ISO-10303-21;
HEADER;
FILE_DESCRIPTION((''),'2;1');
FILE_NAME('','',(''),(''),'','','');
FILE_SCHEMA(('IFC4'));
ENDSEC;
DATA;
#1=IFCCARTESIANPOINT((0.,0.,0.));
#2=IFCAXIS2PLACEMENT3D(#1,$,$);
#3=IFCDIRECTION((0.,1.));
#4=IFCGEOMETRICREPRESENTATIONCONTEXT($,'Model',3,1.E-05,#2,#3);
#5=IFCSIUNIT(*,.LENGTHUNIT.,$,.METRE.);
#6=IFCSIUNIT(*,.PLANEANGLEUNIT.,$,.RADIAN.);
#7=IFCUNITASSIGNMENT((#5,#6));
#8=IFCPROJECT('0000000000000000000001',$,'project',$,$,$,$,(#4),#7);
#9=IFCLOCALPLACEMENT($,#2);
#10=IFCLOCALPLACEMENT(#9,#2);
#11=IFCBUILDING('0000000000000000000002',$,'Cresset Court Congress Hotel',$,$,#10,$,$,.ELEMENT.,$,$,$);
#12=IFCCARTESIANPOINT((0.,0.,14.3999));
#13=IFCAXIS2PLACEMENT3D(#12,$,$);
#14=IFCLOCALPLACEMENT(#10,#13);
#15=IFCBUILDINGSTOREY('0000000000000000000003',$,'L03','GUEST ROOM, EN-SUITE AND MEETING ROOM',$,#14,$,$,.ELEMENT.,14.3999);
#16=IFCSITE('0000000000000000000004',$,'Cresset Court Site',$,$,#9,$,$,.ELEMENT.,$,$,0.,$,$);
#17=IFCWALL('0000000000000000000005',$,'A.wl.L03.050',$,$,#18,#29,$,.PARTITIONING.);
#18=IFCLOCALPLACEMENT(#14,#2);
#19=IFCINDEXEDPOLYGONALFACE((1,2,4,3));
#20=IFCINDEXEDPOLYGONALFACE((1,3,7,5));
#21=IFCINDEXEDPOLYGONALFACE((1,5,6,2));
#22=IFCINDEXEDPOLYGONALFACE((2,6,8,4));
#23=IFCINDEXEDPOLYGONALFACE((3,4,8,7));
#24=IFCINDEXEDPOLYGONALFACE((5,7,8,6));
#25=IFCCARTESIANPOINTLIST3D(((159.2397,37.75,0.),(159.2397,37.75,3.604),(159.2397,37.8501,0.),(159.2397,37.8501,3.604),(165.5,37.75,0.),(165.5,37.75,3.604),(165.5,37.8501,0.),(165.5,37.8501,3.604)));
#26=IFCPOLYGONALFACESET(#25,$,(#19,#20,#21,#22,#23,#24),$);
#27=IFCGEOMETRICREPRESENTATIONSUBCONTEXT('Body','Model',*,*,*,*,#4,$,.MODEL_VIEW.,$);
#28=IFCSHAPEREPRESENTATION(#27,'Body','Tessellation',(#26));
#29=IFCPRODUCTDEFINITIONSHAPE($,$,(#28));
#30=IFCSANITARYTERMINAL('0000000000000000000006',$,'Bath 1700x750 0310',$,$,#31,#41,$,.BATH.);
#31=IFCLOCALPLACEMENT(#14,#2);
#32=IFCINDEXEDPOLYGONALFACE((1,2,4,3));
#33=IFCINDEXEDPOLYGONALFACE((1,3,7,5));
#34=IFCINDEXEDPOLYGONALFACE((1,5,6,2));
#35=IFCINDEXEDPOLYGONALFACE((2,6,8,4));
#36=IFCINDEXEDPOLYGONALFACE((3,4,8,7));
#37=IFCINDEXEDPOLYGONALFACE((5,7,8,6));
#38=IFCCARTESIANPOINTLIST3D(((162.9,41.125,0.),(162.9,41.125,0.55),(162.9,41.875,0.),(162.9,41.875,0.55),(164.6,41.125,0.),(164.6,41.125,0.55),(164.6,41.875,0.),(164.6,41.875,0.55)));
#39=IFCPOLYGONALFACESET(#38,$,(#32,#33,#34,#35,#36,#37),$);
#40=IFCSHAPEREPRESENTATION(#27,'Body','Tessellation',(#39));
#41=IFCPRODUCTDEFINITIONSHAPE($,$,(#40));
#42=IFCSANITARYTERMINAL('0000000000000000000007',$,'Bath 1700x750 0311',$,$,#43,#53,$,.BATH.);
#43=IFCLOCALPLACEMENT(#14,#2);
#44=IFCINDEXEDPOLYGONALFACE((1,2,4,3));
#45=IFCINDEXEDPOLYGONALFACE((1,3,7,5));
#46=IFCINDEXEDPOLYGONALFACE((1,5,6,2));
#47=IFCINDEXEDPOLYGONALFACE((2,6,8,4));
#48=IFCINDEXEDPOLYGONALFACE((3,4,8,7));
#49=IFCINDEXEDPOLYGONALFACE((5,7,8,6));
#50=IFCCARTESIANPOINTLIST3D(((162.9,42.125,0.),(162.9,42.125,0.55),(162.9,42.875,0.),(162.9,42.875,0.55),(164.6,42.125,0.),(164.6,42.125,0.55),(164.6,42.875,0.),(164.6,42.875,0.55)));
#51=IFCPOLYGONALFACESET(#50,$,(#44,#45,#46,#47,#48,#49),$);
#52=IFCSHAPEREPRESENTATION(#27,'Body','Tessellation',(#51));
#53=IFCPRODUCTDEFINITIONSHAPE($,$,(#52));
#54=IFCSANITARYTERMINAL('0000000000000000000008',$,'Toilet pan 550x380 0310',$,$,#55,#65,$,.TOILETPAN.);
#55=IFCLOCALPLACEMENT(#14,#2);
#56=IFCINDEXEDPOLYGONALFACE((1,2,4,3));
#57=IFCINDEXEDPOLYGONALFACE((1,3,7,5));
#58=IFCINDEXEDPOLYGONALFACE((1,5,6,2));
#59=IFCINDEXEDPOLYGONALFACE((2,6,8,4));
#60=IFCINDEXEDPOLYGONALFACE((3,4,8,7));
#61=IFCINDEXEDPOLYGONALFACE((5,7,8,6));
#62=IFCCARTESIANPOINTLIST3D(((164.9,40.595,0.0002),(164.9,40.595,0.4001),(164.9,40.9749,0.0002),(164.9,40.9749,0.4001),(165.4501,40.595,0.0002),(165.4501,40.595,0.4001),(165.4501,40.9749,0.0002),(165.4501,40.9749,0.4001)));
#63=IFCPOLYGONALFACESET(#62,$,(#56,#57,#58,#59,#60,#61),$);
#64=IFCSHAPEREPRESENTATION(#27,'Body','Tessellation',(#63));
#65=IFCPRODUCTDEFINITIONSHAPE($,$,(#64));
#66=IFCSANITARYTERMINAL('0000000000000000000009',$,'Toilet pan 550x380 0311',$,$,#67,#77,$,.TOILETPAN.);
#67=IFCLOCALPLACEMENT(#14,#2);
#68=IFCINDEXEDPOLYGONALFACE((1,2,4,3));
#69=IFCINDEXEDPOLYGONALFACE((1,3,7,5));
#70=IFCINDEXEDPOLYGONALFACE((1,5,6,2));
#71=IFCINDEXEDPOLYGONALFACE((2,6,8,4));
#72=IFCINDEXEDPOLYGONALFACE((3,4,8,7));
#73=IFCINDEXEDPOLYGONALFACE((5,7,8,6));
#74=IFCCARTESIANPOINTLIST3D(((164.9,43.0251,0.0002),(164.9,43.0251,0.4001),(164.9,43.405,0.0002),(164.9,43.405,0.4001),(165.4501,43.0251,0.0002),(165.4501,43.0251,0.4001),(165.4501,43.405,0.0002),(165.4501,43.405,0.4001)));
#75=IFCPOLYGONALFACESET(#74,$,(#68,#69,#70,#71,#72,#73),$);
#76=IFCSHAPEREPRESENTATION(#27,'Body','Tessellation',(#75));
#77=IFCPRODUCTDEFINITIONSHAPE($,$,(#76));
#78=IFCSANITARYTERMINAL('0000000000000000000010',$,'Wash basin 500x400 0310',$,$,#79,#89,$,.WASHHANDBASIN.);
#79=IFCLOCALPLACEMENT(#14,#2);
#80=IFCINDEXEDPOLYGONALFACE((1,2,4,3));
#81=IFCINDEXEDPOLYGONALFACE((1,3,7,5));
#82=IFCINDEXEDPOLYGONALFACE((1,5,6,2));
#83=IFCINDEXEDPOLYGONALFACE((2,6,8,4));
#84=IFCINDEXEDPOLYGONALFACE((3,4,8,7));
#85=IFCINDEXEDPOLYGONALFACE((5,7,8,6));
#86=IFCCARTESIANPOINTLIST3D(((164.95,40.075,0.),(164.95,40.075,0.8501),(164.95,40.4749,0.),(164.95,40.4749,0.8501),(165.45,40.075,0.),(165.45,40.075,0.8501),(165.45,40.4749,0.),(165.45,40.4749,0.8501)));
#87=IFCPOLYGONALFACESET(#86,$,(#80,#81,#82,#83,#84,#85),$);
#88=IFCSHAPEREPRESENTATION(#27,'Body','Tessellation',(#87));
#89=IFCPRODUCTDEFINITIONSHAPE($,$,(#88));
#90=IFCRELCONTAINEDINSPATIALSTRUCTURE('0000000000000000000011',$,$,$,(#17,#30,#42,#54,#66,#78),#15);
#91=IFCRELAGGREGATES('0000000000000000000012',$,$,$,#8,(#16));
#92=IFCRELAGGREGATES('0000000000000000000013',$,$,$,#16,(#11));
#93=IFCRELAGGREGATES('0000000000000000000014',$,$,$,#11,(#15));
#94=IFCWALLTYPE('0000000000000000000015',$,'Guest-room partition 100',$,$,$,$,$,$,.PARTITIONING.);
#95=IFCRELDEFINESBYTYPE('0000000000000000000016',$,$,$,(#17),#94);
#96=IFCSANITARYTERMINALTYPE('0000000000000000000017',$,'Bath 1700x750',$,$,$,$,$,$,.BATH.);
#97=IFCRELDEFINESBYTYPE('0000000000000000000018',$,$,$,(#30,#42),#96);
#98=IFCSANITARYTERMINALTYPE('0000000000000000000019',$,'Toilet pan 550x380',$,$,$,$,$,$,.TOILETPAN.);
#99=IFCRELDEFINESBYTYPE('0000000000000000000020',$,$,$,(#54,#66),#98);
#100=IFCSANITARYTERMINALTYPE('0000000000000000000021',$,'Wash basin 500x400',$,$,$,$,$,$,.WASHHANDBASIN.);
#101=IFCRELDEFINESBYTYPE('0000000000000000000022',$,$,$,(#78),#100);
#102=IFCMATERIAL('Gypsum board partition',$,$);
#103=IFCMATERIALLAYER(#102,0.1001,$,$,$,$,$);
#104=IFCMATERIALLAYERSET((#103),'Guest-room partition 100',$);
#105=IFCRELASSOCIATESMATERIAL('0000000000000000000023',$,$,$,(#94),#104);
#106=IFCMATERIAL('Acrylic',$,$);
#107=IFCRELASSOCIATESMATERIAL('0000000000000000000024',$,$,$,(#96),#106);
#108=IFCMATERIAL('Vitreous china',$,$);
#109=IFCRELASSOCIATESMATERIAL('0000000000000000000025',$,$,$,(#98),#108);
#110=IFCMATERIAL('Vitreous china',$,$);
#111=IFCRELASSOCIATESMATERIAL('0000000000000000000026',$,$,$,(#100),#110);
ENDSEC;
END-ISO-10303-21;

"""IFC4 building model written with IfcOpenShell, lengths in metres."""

from ifc_helpers import new_model, si_unit, direction, frame, frame_2d, origin, origin_2d, place, context, subcontext, project, spatial, rectangle, extrude, material, layer, layer_set, type_object, element, save


model = new_model("IFC4")

# Units and contexts
model_context = context("Model", 3, precision=1e-05, world=origin(), true_north=direction((0.0, 1.0)))
body_context = subcontext(model_context, "Body", "Model", "MODEL_VIEW")
ifc_project = project(units=[si_unit("LENGTHUNIT", "METRE"), si_unit("PLANEANGLEUNIT", "RADIAN")], contexts=[model_context])

# Site, building, storey
site_placement = place(None, origin())
site = spatial("IfcSite", under=ifc_project, at=site_placement, Name="Cresset Court Site", CompositionType="ELEMENT", RefElevation=0.0)
building_placement = place(site_placement, origin())
building = spatial("IfcBuilding", under=site, at=building_placement, Name="Cresset Court Congress Hotel", CompositionType="ELEMENT")
storey_placement = place(building_placement, frame((0.0, 0.0, 14.3999)))
storey = spatial("IfcBuildingStorey", under=building, at=storey_placement, Name="L03", Description="GUEST ROOM, EN-SUITE AND MEETING ROOM", CompositionType="ELEMENT", Elevation=14.3999)

# Wall
ifc_material_1 = material(Name="Gypsum board partition")
ifc_layer_1 = layer(ifc_material_1, 0.1001)
ifc_layer_set_1 = layer_set([ifc_layer_1], Name="Guest-room partition 100")
wall_type_1 = type_object("IfcWallType", Name="Guest-room partition 100", PredefinedType="PARTITIONING", material=ifc_layer_set_1)
wall_1_placement = place(storey_placement, frame((159.2397, 37.8, 0.0), z_axis=(0.0, 0.0, 1.0), x_axis=(1.0, 0.0, 0.0)))
element("IfcWall", 1, at=wall_1_placement, inside=storey, type_object=wall_type_1, Name="A.wl.L03.050", PredefinedType="PARTITIONING", context=body_context, shape_type="SweptSolid", body=[
    extrude(rectangle(XDim=6.2603, YDim=0.1001, at=frame_2d((3.1301, 0.0))), origin(), (0.0, 0.0, 1.0), 3.604),
])

# Sanitary terminals
ifc_material_2 = material(Name="Acrylic")
sanitary_terminal_type_1 = type_object("IfcSanitaryTerminalType", Name="Bath 1700x750", PredefinedType="BATH", material=ifc_material_2)
for number, where, z_axis, x_axis, name in (
    (2, (163.75, 41.5, 0.0), (0.0, 0.0, 1.0), (1.0, 0.0, 0.0), "Bath 1700x750 0310"),
    (3, (163.75, 42.5, 0.0), (0.0, 0.0, 1.0), (1.0, 0.0, 0.0), "Bath 1700x750 0311"),
):
    element("IfcSanitaryTerminal", number, at=place(storey_placement, frame(where, z_axis=z_axis, x_axis=x_axis)), inside=storey, type_object=sanitary_terminal_type_1, Name=name, PredefinedType="BATH", context=body_context, shape_type="SweptSolid", body=[
        extrude(rectangle(XDim=1.7, YDim=0.75, at=origin_2d()), origin(), (0.0, 0.0, 1.0), 0.55),
    ])
ifc_material_3 = material(Name="Vitreous china")
sanitary_terminal_type_2 = type_object("IfcSanitaryTerminalType", Name="Toilet pan 550x380", PredefinedType="TOILETPAN", material=ifc_material_3)
for number, where, z_axis, x_axis, name in (
    (4, (165.175, 40.7849, 0.0002), (0.0, 0.0, 1.0), (1.0, 0.0, 0.0), "Toilet pan 550x380 0310"),
    (5, (165.175, 43.2151, 0.0002), (0.0, 0.0, 1.0), (1.0, 0.0, 0.0), "Toilet pan 550x380 0311"),
):
    element("IfcSanitaryTerminal", number, at=place(storey_placement, frame(where, z_axis=z_axis, x_axis=x_axis)), inside=storey, type_object=sanitary_terminal_type_2, Name=name, PredefinedType="TOILETPAN", context=body_context, shape_type="SweptSolid", body=[
        extrude(rectangle(XDim=0.55, YDim=0.3799, at=origin_2d()), origin(), (0.0, 0.0, 1.0), 0.3999),
    ])
ifc_material_4 = material(Name="Vitreous china")
sanitary_terminal_type_3 = type_object("IfcSanitaryTerminalType", Name="Wash basin 500x400", PredefinedType="WASHHANDBASIN", material=ifc_material_4)
sanitary_terminal_placement = place(storey_placement, frame((165.2, 40.2749, 0.0), z_axis=(0.0, 0.0, 1.0), x_axis=(1.0, 0.0, 0.0)))
element("IfcSanitaryTerminal", 6, at=sanitary_terminal_placement, inside=storey, type_object=sanitary_terminal_type_3, Name="Wash basin 500x400 0310", PredefinedType="WASHHANDBASIN", context=body_context, shape_type="SweptSolid", body=[
    extrude(rectangle(XDim=0.5, YDim=0.3999, at=origin_2d()), origin(), (0.0, 0.0, 1.0), 0.8501),
])

save(model, "model.ifc")
